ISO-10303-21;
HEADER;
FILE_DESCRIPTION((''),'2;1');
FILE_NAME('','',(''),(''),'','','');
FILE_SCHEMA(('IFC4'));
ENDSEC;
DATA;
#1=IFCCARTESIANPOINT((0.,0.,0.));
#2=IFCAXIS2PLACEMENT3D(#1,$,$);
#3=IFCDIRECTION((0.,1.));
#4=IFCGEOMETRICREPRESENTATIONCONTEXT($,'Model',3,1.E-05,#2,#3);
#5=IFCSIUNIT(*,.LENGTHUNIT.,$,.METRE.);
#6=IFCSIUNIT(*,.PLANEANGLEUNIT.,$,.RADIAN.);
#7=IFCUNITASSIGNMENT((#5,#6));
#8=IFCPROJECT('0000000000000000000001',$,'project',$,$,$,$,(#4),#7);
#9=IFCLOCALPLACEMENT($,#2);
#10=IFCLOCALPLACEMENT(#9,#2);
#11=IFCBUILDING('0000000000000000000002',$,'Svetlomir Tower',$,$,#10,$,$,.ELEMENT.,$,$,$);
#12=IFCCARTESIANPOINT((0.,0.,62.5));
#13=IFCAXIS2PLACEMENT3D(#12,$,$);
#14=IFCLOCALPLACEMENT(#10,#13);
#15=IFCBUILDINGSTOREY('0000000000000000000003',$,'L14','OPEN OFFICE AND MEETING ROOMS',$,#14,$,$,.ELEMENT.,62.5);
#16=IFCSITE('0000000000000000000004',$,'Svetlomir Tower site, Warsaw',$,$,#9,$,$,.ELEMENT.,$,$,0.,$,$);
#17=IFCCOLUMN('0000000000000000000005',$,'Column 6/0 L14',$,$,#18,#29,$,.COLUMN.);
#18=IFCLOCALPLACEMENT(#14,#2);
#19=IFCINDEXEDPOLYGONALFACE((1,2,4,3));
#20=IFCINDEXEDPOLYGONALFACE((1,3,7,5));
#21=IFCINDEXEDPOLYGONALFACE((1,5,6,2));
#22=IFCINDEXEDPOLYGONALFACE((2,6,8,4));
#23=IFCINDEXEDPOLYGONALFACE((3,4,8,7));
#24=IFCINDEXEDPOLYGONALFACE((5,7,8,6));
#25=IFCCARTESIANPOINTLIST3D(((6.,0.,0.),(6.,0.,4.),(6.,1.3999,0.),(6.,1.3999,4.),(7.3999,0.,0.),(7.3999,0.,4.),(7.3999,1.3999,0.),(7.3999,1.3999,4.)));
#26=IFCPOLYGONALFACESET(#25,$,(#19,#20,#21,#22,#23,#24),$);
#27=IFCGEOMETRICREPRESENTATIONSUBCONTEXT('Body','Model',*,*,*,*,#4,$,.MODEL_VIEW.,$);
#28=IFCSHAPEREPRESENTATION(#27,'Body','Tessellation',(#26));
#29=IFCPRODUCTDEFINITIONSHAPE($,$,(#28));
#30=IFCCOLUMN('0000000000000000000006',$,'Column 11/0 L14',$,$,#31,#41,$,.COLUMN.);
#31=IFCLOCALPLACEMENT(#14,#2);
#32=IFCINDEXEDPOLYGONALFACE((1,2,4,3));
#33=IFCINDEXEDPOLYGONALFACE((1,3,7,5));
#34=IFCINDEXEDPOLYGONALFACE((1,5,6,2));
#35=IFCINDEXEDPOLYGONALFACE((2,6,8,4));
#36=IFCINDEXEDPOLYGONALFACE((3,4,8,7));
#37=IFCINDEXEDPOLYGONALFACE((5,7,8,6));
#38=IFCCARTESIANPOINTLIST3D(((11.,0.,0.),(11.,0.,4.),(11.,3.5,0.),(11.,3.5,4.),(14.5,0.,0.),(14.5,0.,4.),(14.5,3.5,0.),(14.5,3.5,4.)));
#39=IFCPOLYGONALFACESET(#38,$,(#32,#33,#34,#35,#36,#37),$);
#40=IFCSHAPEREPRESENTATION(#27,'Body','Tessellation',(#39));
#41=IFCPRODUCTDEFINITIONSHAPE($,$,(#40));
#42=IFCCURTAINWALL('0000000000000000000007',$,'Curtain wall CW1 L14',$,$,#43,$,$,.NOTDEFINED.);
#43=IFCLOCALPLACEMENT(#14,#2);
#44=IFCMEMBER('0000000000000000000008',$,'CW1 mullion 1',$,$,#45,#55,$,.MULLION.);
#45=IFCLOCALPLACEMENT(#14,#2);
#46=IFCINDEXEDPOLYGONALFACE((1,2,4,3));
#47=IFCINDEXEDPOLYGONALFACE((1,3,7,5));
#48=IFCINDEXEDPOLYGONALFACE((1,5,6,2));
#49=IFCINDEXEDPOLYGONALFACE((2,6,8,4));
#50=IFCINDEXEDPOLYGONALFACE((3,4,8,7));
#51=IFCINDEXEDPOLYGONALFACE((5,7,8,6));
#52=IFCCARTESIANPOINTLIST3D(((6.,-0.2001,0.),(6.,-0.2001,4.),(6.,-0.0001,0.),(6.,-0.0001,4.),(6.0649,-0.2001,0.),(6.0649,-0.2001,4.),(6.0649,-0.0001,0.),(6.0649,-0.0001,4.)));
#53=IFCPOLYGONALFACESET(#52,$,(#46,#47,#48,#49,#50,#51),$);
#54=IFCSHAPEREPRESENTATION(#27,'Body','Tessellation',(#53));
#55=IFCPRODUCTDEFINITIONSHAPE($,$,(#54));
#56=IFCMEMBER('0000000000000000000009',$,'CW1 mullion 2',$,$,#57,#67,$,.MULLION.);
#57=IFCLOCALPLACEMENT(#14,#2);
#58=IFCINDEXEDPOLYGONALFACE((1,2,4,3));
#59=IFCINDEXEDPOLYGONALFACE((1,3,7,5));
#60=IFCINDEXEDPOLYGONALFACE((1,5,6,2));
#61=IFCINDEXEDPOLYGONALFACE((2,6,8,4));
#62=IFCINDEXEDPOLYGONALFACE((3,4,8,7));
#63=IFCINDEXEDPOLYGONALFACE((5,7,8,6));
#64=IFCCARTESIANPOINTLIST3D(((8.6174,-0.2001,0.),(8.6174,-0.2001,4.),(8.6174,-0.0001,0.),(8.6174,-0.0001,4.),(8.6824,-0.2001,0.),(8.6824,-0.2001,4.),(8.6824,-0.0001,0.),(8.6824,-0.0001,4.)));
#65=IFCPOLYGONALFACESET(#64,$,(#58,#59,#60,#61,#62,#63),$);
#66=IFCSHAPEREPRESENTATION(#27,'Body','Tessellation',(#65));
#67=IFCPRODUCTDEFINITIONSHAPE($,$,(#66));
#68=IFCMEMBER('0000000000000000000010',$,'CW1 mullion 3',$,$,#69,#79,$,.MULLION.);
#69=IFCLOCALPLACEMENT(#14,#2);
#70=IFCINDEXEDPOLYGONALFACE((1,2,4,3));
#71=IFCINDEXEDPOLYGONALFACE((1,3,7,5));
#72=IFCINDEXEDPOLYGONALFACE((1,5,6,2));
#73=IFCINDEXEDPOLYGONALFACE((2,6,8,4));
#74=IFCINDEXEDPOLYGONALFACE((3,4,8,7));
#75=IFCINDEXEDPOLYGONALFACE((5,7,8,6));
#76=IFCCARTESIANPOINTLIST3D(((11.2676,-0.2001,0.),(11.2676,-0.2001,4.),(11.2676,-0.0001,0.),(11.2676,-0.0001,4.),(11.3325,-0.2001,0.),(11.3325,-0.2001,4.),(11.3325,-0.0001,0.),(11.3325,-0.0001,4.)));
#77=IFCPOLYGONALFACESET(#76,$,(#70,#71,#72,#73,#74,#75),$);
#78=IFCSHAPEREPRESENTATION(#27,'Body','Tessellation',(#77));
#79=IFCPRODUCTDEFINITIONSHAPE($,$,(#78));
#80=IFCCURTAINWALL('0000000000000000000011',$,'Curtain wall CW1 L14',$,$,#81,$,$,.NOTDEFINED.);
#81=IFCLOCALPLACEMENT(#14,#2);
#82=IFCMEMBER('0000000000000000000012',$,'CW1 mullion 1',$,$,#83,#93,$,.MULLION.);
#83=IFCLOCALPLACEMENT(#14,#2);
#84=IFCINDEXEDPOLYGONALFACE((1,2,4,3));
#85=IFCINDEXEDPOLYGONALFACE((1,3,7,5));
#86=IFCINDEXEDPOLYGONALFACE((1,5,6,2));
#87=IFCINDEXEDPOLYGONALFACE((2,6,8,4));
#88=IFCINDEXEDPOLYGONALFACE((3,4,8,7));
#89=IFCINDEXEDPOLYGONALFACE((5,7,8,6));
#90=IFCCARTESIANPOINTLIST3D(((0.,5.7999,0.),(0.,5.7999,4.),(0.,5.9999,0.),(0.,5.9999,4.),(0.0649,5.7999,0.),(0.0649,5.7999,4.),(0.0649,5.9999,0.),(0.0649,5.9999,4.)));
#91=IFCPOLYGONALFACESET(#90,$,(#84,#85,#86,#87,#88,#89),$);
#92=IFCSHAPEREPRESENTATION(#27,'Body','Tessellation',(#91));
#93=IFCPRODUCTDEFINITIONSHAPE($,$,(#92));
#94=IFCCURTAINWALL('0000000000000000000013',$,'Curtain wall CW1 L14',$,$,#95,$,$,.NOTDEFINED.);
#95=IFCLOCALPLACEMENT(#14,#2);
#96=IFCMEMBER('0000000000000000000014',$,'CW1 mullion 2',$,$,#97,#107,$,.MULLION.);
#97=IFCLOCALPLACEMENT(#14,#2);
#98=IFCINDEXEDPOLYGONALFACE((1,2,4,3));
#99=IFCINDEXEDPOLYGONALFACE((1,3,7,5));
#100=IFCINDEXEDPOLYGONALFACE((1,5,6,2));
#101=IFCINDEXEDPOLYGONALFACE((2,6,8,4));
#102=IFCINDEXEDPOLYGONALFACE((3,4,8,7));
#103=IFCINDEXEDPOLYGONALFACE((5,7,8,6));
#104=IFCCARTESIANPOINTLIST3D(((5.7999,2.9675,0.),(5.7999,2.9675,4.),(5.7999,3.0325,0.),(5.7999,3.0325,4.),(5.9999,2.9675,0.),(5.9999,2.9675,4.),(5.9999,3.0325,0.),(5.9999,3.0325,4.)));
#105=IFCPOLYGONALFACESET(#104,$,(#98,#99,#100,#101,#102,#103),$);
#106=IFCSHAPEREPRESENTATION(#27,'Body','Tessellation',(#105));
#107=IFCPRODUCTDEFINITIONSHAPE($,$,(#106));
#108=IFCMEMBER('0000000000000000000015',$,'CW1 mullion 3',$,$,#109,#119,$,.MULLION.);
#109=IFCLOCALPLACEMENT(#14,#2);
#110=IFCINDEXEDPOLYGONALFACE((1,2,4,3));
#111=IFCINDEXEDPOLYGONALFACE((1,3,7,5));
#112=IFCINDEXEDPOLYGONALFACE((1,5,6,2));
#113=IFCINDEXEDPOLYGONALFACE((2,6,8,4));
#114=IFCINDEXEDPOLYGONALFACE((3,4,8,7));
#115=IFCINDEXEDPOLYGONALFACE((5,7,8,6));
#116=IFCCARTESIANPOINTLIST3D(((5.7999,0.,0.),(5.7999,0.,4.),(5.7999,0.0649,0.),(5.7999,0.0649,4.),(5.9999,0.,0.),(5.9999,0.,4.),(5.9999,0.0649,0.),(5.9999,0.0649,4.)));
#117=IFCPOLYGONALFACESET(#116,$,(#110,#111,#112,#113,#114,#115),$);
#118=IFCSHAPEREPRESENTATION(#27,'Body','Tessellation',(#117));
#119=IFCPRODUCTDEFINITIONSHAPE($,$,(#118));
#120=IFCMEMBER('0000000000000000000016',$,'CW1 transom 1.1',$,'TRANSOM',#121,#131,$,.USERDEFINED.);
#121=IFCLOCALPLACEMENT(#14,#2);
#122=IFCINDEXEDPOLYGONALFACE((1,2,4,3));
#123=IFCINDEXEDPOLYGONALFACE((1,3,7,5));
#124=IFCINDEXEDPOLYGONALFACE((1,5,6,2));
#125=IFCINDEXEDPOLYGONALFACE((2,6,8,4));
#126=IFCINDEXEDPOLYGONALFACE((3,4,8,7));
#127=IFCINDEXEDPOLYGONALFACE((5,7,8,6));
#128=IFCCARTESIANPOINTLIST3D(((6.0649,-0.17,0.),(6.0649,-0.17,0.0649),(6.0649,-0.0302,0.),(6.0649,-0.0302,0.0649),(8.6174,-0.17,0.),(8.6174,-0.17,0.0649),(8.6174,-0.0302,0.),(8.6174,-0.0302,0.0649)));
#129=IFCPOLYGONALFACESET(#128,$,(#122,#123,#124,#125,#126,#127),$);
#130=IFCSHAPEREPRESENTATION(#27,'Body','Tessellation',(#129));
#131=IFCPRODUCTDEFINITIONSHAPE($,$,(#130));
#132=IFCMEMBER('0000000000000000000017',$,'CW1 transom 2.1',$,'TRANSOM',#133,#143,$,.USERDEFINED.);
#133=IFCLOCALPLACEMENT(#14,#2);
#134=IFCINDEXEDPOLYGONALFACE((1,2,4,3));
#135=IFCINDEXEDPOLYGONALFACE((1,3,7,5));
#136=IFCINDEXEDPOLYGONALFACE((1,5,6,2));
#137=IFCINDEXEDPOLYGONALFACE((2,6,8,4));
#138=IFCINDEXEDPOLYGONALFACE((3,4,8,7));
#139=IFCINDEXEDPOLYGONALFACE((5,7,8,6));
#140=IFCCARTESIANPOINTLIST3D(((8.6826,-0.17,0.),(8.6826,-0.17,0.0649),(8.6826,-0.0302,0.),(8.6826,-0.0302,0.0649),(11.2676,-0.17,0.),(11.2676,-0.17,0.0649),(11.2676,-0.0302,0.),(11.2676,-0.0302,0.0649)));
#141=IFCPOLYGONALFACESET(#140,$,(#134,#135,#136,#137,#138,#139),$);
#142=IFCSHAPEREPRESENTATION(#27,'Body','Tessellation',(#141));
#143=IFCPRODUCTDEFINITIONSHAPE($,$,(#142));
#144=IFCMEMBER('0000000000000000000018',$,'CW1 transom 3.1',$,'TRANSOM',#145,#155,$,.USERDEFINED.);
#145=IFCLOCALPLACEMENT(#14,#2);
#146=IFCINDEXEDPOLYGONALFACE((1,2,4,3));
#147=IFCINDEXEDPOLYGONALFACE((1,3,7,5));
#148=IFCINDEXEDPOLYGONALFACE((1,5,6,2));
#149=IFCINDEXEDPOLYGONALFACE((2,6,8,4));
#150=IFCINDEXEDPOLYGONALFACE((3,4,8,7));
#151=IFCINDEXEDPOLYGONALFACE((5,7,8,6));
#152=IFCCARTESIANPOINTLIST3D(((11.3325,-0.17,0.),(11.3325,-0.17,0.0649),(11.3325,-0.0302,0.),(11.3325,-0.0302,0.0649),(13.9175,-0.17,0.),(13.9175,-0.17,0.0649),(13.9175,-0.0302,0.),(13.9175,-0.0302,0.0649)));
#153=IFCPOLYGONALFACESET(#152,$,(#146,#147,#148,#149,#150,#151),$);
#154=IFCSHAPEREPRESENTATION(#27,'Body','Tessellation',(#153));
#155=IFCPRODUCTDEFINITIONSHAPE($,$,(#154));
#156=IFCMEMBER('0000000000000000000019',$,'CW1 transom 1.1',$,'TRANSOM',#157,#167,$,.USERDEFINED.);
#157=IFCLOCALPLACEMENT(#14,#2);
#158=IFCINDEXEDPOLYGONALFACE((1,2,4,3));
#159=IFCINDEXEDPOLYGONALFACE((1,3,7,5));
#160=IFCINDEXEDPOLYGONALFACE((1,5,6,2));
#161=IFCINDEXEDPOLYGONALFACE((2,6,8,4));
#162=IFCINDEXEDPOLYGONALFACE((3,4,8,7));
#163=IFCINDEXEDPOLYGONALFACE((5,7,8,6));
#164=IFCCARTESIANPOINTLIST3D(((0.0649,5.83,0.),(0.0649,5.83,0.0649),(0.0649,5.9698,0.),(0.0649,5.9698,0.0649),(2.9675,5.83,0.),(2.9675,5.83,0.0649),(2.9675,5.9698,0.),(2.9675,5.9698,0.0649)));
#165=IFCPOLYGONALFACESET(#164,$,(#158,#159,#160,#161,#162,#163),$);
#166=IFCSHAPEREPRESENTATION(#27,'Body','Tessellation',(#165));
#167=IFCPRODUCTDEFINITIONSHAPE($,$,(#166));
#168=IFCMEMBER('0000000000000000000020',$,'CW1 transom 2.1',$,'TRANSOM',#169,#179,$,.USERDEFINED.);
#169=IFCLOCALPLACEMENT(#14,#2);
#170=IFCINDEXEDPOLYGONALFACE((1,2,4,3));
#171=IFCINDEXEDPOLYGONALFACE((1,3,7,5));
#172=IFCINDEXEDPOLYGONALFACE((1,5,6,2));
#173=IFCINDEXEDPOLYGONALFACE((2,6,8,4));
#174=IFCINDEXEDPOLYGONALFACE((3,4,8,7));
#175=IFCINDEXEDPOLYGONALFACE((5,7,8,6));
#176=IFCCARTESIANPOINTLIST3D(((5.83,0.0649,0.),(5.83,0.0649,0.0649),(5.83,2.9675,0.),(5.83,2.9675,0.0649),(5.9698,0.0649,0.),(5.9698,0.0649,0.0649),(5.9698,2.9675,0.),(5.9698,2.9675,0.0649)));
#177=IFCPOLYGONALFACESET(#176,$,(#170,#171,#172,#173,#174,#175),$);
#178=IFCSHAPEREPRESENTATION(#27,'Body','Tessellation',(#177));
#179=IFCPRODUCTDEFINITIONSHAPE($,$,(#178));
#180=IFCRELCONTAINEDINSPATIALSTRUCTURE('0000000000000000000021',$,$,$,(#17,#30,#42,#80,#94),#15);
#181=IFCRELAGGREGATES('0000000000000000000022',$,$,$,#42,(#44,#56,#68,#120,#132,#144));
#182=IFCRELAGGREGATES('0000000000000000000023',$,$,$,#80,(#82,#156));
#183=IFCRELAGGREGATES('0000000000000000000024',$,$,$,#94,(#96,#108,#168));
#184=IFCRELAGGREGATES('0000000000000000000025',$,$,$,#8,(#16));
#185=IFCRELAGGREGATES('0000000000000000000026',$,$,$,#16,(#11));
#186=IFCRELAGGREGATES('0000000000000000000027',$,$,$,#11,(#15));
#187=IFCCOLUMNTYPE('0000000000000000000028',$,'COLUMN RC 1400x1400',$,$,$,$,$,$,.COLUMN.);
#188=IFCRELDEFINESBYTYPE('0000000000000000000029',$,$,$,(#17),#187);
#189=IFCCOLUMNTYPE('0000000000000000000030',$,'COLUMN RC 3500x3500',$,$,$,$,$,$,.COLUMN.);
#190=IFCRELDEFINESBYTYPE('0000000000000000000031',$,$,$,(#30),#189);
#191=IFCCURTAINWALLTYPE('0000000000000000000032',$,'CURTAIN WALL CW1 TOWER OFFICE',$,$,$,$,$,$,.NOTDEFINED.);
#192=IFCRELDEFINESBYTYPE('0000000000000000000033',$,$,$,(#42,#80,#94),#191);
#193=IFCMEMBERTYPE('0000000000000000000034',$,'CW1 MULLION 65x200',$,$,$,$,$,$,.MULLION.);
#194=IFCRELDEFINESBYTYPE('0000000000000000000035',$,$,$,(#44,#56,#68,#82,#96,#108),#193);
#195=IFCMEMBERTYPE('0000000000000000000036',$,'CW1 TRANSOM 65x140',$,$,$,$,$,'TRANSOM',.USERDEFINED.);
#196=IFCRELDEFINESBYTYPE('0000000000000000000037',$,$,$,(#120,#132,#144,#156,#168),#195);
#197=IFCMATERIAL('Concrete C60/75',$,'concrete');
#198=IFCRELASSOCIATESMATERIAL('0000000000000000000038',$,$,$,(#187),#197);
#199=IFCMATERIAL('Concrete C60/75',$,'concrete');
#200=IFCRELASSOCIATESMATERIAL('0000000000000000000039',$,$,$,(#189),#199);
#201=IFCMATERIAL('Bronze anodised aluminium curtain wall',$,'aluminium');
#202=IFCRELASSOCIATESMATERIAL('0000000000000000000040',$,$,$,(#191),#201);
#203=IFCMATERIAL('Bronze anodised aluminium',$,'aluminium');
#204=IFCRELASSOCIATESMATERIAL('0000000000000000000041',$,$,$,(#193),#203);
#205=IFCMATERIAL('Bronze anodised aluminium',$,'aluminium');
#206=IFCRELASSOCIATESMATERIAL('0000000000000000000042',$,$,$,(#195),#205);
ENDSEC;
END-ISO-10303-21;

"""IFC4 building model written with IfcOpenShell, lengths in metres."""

from ifc_helpers import new_model, si_unit, direction, frame, origin, origin_2d, place, context, subcontext, project, spatial, rectangle, extrude, material, material_profile, profile_set, type_object, element, aggregate, save


model = new_model("IFC4")

# Units and contexts
model_context = context("Model", 3, precision=1e-05, world=origin(), true_north=direction((0.0, 1.0)))
body_context = subcontext(model_context, "Body", "Model", "MODEL_VIEW")
ifc_project = project(units=[si_unit("LENGTHUNIT", "METRE"), si_unit("PLANEANGLEUNIT", "RADIAN")], contexts=[model_context])

# Site, building, storey
site_placement = place(None, origin())
site = spatial("IfcSite", under=ifc_project, at=site_placement, Name="Svetlomir Tower site, Warsaw", CompositionType="ELEMENT", RefElevation=0.0)
building_placement = place(site_placement, origin())
building = spatial("IfcBuilding", under=site, at=building_placement, Name="Svetlomir Tower", CompositionType="ELEMENT")
storey_placement = place(building_placement, frame((0.0, 0.0, 62.5)))
storey = spatial("IfcBuildingStorey", under=building, at=storey_placement, Name="L14", Description="OPEN OFFICE AND MEETING ROOMS", CompositionType="ELEMENT", Elevation=62.5)

# Columns
ifc_material_1 = material(Name="Concrete C60/75", Category="concrete")
ifc_material_profile_1 = material_profile(ifc_material_1, rectangle(XDim=1.3999, YDim=1.3999, at=origin_2d()), Name="RC 1400x1400")
ifc_profile_set_1 = profile_set([ifc_material_profile_1], Name="Concrete C60/75")
column_type_1 = type_object("IfcColumnType", Name="COLUMN RC 1400x1400", PredefinedType="COLUMN", material=ifc_profile_set_1)
column_1_placement = place(storey_placement, frame((6.7, 0.7, 0.0), z_axis=(0.0, 0.0, 1.0), x_axis=(1.0, 0.0, 0.0)))
element("IfcColumn", 1, at=column_1_placement, inside=storey, type_object=column_type_1, Name="Column 6/0 L14", PredefinedType="COLUMN", context=body_context, shape_type="SweptSolid", body=[
    extrude(rectangle(XDim=1.3999, YDim=1.3999, at=origin_2d()), origin(), (0.0, 0.0, 1.0), 4.0),
])
ifc_material_2 = material(Name="Concrete C60/75", Category="concrete")
ifc_material_profile_2 = material_profile(ifc_material_2, rectangle(XDim=3.5, YDim=3.5, at=origin_2d()), Name="RC 3500x3500")
ifc_profile_set_2 = profile_set([ifc_material_profile_2], Name="Concrete C60/75")
column_type_2 = type_object("IfcColumnType", Name="COLUMN RC 3500x3500", PredefinedType="COLUMN", material=ifc_profile_set_2)
column_2_placement = place(storey_placement, frame((12.75, 1.75, 0.0), z_axis=(0.0, 0.0, 1.0), x_axis=(1.0, 0.0, 0.0)))
element("IfcColumn", 2, at=column_2_placement, inside=storey, type_object=column_type_2, Name="Column 11/0 L14", PredefinedType="COLUMN", context=body_context, shape_type="SweptSolid", body=[
    extrude(rectangle(XDim=3.5, YDim=3.5, at=origin_2d()), origin(), (0.0, 0.0, 1.0), 4.0),
])

# Curtain wall, members
ifc_material_3 = material(Name="Bronze anodised aluminium curtain wall", Category="aluminium")
curtain_wall_type = type_object("IfcCurtainWallType", Name="CURTAIN WALL CW1 TOWER OFFICE", PredefinedType="NOTDEFINED", material=ifc_material_3)
curtain_wall_1_placement = place(storey_placement, origin())
curtain_wall_1 = element("IfcCurtainWall", 3, at=curtain_wall_1_placement, inside=storey, type_object=curtain_wall_type, Name="Curtain wall CW1 L14", PredefinedType="NOTDEFINED")
ifc_material_4 = material(Name="Bronze anodised aluminium", Category="aluminium")
ifc_material_profile_3 = material_profile(ifc_material_4, rectangle(XDim=0.0649, YDim=0.2, at=origin_2d()), Name="AL 65x200")
ifc_profile_set_3 = profile_set([ifc_material_profile_3], Name="Bronze anodised aluminium 6063-T6")
member_type_1 = type_object("IfcMemberType", Name="CW1 MULLION 65x200", PredefinedType="MULLION", material=ifc_profile_set_3)
member_1_placement = place(storey_placement, frame((6.0325, -0.1001, 0.0), z_axis=(0.0, 0.0, 1.0), x_axis=(1.0, 0.0, 0.0)))
member_1 = element("IfcMember", 4, at=member_1_placement, type_object=member_type_1, Name="CW1 mullion 1", PredefinedType="MULLION", context=body_context, shape_type="SweptSolid", body=[
    extrude(rectangle(XDim=0.0649, YDim=0.2, at=origin_2d()), origin(), (0.0, 0.0, 1.0), 4.0),
])
member_2_placement = place(storey_placement, frame((8.6499, -0.1001, 0.0), z_axis=(0.0, 0.0, 1.0), x_axis=(1.0, 0.0, 0.0)))
member_2 = element("IfcMember", 5, at=member_2_placement, type_object=member_type_1, Name="CW1 mullion 2", PredefinedType="MULLION", context=body_context, shape_type="SweptSolid", body=[
    extrude(rectangle(XDim=0.0649, YDim=0.2, at=origin_2d()), origin(), (0.0, 0.0, 1.0), 4.0),
])
member_3_placement = place(storey_placement, frame((11.3, -0.1001, 0.0), z_axis=(0.0, 0.0, 1.0), x_axis=(1.0, 0.0, 0.0)))
member_3 = element("IfcMember", 6, at=member_3_placement, type_object=member_type_1, Name="CW1 mullion 3", PredefinedType="MULLION", context=body_context, shape_type="SweptSolid", body=[
    extrude(rectangle(XDim=0.0649, YDim=0.2, at=origin_2d()), origin(), (0.0, 0.0, 1.0), 4.0),
])

# Curtain wall, member
curtain_wall_2_placement = place(storey_placement, origin())
curtain_wall_2 = element("IfcCurtainWall", 7, at=curtain_wall_2_placement, inside=storey, type_object=curtain_wall_type, Name="Curtain wall CW1 L14", PredefinedType="NOTDEFINED")
member_4_placement = place(storey_placement, frame((0.0325, 5.8999, 0.0), z_axis=(0.0, 0.0, 1.0), x_axis=(1.0, 0.0, 0.0)))
member_4 = element("IfcMember", 8, at=member_4_placement, type_object=member_type_1, Name="CW1 mullion 1", PredefinedType="MULLION", context=body_context, shape_type="SweptSolid", body=[
    extrude(rectangle(XDim=0.0649, YDim=0.2, at=origin_2d()), origin(), (0.0, 0.0, 1.0), 4.0),
])

# Curtain wall, members
curtain_wall_3_placement = place(storey_placement, origin())
curtain_wall_3 = element("IfcCurtainWall", 9, at=curtain_wall_3_placement, inside=storey, type_object=curtain_wall_type, Name="Curtain wall CW1 L14", PredefinedType="NOTDEFINED")
member_5_placement = place(storey_placement, frame((5.8999, 3.0, 0.0), z_axis=(0.0, 0.0, 1.0), x_axis=(0.0, -1.0, 0.0)))
member_5 = element("IfcMember", 10, at=member_5_placement, type_object=member_type_1, Name="CW1 mullion 2", PredefinedType="MULLION", context=body_context, shape_type="SweptSolid", body=[
    extrude(rectangle(XDim=0.0649, YDim=0.2, at=origin_2d()), origin(), (0.0, 0.0, 1.0), 4.0),
])
member_6_placement = place(storey_placement, frame((5.8999, 0.0325, 0.0), z_axis=(0.0, 0.0, 1.0), x_axis=(0.0, -1.0, 0.0)))
member_6 = element("IfcMember", 11, at=member_6_placement, type_object=member_type_1, Name="CW1 mullion 3", PredefinedType="MULLION", context=body_context, shape_type="SweptSolid", body=[
    extrude(rectangle(XDim=0.0649, YDim=0.2, at=origin_2d()), origin(), (0.0, 0.0, 1.0), 4.0),
])

# Members
ifc_material_5 = material(Name="Bronze anodised aluminium", Category="aluminium")
ifc_material_profile_4 = material_profile(ifc_material_5, rectangle(XDim=0.1399, YDim=0.0649, at=origin_2d()), Name="AL 140x65")
ifc_profile_set_4 = profile_set([ifc_material_profile_4], Name="Bronze anodised aluminium 6063-T6")
member_type_2 = type_object("IfcMemberType", Name="CW1 TRANSOM 65x140", ElementType="TRANSOM", PredefinedType="USERDEFINED", material=ifc_profile_set_4)
member_7_placement = place(storey_placement, frame((6.0649, -0.1001, 0.0325), z_axis=(1.0, 0.0, 0.0), x_axis=(0.0, 1.0, 0.0)))
member_7 = element("IfcMember", 12, at=member_7_placement, type_object=member_type_2, Name="CW1 transom 1.1", ObjectType="TRANSOM", PredefinedType="USERDEFINED", context=body_context, shape_type="SweptSolid", body=[
    extrude(rectangle(XDim=0.1399, YDim=0.0649, at=origin_2d()), origin(), (0.0, 0.0, 1.0), 2.5525),
])
member_8_placement = place(storey_placement, frame((8.6826, -0.1001, 0.0325), z_axis=(1.0, 0.0, 0.0), x_axis=(0.0, 1.0, 0.0)))
member_8 = element("IfcMember", 13, at=member_8_placement, type_object=member_type_2, Name="CW1 transom 2.1", ObjectType="TRANSOM", PredefinedType="USERDEFINED", context=body_context, shape_type="SweptSolid", body=[
    extrude(rectangle(XDim=0.1399, YDim=0.0649, at=origin_2d()), origin(), (0.0, 0.0, 1.0), 2.585),
])
member_9_placement = place(storey_placement, frame((11.3325, -0.1001, 0.0325), z_axis=(1.0, 0.0, 0.0), x_axis=(0.0, 1.0, 0.0)))
member_9 = element("IfcMember", 14, at=member_9_placement, type_object=member_type_2, Name="CW1 transom 3.1", ObjectType="TRANSOM", PredefinedType="USERDEFINED", context=body_context, shape_type="SweptSolid", body=[
    extrude(rectangle(XDim=0.1399, YDim=0.0649, at=origin_2d()), origin(), (0.0, 0.0, 1.0), 2.585),
])
member_10_placement = place(storey_placement, frame((0.0649, 5.8999, 0.0325), z_axis=(1.0, 0.0, 0.0), x_axis=(0.0, 1.0, 0.0)))
member_10 = element("IfcMember", 15, at=member_10_placement, type_object=member_type_2, Name="CW1 transom 1.1", ObjectType="TRANSOM", PredefinedType="USERDEFINED", context=body_context, shape_type="SweptSolid", body=[
    extrude(rectangle(XDim=0.1399, YDim=0.0649, at=origin_2d()), origin(), (0.0, 0.0, 1.0), 2.9026),
])
member_11_placement = place(storey_placement, frame((5.8999, 2.9675, 0.0325), z_axis=(0.0, -1.0, 0.0), x_axis=(1.0, 0.0, 0.0)))
member_11 = element("IfcMember", 16, at=member_11_placement, type_object=member_type_2, Name="CW1 transom 2.1", ObjectType="TRANSOM", PredefinedType="USERDEFINED", context=body_context, shape_type="SweptSolid", body=[
    extrude(rectangle(XDim=0.1399, YDim=0.0649, at=origin_2d()), origin(), (0.0, 0.0, 1.0), 2.9026),
])

aggregate(curtain_wall_1, [member_1, member_2, member_3, member_7, member_8, member_9])
aggregate(curtain_wall_2, [member_4, member_10])
aggregate(curtain_wall_3, [member_5, member_6, member_11])

save(model, "model.ifc")
